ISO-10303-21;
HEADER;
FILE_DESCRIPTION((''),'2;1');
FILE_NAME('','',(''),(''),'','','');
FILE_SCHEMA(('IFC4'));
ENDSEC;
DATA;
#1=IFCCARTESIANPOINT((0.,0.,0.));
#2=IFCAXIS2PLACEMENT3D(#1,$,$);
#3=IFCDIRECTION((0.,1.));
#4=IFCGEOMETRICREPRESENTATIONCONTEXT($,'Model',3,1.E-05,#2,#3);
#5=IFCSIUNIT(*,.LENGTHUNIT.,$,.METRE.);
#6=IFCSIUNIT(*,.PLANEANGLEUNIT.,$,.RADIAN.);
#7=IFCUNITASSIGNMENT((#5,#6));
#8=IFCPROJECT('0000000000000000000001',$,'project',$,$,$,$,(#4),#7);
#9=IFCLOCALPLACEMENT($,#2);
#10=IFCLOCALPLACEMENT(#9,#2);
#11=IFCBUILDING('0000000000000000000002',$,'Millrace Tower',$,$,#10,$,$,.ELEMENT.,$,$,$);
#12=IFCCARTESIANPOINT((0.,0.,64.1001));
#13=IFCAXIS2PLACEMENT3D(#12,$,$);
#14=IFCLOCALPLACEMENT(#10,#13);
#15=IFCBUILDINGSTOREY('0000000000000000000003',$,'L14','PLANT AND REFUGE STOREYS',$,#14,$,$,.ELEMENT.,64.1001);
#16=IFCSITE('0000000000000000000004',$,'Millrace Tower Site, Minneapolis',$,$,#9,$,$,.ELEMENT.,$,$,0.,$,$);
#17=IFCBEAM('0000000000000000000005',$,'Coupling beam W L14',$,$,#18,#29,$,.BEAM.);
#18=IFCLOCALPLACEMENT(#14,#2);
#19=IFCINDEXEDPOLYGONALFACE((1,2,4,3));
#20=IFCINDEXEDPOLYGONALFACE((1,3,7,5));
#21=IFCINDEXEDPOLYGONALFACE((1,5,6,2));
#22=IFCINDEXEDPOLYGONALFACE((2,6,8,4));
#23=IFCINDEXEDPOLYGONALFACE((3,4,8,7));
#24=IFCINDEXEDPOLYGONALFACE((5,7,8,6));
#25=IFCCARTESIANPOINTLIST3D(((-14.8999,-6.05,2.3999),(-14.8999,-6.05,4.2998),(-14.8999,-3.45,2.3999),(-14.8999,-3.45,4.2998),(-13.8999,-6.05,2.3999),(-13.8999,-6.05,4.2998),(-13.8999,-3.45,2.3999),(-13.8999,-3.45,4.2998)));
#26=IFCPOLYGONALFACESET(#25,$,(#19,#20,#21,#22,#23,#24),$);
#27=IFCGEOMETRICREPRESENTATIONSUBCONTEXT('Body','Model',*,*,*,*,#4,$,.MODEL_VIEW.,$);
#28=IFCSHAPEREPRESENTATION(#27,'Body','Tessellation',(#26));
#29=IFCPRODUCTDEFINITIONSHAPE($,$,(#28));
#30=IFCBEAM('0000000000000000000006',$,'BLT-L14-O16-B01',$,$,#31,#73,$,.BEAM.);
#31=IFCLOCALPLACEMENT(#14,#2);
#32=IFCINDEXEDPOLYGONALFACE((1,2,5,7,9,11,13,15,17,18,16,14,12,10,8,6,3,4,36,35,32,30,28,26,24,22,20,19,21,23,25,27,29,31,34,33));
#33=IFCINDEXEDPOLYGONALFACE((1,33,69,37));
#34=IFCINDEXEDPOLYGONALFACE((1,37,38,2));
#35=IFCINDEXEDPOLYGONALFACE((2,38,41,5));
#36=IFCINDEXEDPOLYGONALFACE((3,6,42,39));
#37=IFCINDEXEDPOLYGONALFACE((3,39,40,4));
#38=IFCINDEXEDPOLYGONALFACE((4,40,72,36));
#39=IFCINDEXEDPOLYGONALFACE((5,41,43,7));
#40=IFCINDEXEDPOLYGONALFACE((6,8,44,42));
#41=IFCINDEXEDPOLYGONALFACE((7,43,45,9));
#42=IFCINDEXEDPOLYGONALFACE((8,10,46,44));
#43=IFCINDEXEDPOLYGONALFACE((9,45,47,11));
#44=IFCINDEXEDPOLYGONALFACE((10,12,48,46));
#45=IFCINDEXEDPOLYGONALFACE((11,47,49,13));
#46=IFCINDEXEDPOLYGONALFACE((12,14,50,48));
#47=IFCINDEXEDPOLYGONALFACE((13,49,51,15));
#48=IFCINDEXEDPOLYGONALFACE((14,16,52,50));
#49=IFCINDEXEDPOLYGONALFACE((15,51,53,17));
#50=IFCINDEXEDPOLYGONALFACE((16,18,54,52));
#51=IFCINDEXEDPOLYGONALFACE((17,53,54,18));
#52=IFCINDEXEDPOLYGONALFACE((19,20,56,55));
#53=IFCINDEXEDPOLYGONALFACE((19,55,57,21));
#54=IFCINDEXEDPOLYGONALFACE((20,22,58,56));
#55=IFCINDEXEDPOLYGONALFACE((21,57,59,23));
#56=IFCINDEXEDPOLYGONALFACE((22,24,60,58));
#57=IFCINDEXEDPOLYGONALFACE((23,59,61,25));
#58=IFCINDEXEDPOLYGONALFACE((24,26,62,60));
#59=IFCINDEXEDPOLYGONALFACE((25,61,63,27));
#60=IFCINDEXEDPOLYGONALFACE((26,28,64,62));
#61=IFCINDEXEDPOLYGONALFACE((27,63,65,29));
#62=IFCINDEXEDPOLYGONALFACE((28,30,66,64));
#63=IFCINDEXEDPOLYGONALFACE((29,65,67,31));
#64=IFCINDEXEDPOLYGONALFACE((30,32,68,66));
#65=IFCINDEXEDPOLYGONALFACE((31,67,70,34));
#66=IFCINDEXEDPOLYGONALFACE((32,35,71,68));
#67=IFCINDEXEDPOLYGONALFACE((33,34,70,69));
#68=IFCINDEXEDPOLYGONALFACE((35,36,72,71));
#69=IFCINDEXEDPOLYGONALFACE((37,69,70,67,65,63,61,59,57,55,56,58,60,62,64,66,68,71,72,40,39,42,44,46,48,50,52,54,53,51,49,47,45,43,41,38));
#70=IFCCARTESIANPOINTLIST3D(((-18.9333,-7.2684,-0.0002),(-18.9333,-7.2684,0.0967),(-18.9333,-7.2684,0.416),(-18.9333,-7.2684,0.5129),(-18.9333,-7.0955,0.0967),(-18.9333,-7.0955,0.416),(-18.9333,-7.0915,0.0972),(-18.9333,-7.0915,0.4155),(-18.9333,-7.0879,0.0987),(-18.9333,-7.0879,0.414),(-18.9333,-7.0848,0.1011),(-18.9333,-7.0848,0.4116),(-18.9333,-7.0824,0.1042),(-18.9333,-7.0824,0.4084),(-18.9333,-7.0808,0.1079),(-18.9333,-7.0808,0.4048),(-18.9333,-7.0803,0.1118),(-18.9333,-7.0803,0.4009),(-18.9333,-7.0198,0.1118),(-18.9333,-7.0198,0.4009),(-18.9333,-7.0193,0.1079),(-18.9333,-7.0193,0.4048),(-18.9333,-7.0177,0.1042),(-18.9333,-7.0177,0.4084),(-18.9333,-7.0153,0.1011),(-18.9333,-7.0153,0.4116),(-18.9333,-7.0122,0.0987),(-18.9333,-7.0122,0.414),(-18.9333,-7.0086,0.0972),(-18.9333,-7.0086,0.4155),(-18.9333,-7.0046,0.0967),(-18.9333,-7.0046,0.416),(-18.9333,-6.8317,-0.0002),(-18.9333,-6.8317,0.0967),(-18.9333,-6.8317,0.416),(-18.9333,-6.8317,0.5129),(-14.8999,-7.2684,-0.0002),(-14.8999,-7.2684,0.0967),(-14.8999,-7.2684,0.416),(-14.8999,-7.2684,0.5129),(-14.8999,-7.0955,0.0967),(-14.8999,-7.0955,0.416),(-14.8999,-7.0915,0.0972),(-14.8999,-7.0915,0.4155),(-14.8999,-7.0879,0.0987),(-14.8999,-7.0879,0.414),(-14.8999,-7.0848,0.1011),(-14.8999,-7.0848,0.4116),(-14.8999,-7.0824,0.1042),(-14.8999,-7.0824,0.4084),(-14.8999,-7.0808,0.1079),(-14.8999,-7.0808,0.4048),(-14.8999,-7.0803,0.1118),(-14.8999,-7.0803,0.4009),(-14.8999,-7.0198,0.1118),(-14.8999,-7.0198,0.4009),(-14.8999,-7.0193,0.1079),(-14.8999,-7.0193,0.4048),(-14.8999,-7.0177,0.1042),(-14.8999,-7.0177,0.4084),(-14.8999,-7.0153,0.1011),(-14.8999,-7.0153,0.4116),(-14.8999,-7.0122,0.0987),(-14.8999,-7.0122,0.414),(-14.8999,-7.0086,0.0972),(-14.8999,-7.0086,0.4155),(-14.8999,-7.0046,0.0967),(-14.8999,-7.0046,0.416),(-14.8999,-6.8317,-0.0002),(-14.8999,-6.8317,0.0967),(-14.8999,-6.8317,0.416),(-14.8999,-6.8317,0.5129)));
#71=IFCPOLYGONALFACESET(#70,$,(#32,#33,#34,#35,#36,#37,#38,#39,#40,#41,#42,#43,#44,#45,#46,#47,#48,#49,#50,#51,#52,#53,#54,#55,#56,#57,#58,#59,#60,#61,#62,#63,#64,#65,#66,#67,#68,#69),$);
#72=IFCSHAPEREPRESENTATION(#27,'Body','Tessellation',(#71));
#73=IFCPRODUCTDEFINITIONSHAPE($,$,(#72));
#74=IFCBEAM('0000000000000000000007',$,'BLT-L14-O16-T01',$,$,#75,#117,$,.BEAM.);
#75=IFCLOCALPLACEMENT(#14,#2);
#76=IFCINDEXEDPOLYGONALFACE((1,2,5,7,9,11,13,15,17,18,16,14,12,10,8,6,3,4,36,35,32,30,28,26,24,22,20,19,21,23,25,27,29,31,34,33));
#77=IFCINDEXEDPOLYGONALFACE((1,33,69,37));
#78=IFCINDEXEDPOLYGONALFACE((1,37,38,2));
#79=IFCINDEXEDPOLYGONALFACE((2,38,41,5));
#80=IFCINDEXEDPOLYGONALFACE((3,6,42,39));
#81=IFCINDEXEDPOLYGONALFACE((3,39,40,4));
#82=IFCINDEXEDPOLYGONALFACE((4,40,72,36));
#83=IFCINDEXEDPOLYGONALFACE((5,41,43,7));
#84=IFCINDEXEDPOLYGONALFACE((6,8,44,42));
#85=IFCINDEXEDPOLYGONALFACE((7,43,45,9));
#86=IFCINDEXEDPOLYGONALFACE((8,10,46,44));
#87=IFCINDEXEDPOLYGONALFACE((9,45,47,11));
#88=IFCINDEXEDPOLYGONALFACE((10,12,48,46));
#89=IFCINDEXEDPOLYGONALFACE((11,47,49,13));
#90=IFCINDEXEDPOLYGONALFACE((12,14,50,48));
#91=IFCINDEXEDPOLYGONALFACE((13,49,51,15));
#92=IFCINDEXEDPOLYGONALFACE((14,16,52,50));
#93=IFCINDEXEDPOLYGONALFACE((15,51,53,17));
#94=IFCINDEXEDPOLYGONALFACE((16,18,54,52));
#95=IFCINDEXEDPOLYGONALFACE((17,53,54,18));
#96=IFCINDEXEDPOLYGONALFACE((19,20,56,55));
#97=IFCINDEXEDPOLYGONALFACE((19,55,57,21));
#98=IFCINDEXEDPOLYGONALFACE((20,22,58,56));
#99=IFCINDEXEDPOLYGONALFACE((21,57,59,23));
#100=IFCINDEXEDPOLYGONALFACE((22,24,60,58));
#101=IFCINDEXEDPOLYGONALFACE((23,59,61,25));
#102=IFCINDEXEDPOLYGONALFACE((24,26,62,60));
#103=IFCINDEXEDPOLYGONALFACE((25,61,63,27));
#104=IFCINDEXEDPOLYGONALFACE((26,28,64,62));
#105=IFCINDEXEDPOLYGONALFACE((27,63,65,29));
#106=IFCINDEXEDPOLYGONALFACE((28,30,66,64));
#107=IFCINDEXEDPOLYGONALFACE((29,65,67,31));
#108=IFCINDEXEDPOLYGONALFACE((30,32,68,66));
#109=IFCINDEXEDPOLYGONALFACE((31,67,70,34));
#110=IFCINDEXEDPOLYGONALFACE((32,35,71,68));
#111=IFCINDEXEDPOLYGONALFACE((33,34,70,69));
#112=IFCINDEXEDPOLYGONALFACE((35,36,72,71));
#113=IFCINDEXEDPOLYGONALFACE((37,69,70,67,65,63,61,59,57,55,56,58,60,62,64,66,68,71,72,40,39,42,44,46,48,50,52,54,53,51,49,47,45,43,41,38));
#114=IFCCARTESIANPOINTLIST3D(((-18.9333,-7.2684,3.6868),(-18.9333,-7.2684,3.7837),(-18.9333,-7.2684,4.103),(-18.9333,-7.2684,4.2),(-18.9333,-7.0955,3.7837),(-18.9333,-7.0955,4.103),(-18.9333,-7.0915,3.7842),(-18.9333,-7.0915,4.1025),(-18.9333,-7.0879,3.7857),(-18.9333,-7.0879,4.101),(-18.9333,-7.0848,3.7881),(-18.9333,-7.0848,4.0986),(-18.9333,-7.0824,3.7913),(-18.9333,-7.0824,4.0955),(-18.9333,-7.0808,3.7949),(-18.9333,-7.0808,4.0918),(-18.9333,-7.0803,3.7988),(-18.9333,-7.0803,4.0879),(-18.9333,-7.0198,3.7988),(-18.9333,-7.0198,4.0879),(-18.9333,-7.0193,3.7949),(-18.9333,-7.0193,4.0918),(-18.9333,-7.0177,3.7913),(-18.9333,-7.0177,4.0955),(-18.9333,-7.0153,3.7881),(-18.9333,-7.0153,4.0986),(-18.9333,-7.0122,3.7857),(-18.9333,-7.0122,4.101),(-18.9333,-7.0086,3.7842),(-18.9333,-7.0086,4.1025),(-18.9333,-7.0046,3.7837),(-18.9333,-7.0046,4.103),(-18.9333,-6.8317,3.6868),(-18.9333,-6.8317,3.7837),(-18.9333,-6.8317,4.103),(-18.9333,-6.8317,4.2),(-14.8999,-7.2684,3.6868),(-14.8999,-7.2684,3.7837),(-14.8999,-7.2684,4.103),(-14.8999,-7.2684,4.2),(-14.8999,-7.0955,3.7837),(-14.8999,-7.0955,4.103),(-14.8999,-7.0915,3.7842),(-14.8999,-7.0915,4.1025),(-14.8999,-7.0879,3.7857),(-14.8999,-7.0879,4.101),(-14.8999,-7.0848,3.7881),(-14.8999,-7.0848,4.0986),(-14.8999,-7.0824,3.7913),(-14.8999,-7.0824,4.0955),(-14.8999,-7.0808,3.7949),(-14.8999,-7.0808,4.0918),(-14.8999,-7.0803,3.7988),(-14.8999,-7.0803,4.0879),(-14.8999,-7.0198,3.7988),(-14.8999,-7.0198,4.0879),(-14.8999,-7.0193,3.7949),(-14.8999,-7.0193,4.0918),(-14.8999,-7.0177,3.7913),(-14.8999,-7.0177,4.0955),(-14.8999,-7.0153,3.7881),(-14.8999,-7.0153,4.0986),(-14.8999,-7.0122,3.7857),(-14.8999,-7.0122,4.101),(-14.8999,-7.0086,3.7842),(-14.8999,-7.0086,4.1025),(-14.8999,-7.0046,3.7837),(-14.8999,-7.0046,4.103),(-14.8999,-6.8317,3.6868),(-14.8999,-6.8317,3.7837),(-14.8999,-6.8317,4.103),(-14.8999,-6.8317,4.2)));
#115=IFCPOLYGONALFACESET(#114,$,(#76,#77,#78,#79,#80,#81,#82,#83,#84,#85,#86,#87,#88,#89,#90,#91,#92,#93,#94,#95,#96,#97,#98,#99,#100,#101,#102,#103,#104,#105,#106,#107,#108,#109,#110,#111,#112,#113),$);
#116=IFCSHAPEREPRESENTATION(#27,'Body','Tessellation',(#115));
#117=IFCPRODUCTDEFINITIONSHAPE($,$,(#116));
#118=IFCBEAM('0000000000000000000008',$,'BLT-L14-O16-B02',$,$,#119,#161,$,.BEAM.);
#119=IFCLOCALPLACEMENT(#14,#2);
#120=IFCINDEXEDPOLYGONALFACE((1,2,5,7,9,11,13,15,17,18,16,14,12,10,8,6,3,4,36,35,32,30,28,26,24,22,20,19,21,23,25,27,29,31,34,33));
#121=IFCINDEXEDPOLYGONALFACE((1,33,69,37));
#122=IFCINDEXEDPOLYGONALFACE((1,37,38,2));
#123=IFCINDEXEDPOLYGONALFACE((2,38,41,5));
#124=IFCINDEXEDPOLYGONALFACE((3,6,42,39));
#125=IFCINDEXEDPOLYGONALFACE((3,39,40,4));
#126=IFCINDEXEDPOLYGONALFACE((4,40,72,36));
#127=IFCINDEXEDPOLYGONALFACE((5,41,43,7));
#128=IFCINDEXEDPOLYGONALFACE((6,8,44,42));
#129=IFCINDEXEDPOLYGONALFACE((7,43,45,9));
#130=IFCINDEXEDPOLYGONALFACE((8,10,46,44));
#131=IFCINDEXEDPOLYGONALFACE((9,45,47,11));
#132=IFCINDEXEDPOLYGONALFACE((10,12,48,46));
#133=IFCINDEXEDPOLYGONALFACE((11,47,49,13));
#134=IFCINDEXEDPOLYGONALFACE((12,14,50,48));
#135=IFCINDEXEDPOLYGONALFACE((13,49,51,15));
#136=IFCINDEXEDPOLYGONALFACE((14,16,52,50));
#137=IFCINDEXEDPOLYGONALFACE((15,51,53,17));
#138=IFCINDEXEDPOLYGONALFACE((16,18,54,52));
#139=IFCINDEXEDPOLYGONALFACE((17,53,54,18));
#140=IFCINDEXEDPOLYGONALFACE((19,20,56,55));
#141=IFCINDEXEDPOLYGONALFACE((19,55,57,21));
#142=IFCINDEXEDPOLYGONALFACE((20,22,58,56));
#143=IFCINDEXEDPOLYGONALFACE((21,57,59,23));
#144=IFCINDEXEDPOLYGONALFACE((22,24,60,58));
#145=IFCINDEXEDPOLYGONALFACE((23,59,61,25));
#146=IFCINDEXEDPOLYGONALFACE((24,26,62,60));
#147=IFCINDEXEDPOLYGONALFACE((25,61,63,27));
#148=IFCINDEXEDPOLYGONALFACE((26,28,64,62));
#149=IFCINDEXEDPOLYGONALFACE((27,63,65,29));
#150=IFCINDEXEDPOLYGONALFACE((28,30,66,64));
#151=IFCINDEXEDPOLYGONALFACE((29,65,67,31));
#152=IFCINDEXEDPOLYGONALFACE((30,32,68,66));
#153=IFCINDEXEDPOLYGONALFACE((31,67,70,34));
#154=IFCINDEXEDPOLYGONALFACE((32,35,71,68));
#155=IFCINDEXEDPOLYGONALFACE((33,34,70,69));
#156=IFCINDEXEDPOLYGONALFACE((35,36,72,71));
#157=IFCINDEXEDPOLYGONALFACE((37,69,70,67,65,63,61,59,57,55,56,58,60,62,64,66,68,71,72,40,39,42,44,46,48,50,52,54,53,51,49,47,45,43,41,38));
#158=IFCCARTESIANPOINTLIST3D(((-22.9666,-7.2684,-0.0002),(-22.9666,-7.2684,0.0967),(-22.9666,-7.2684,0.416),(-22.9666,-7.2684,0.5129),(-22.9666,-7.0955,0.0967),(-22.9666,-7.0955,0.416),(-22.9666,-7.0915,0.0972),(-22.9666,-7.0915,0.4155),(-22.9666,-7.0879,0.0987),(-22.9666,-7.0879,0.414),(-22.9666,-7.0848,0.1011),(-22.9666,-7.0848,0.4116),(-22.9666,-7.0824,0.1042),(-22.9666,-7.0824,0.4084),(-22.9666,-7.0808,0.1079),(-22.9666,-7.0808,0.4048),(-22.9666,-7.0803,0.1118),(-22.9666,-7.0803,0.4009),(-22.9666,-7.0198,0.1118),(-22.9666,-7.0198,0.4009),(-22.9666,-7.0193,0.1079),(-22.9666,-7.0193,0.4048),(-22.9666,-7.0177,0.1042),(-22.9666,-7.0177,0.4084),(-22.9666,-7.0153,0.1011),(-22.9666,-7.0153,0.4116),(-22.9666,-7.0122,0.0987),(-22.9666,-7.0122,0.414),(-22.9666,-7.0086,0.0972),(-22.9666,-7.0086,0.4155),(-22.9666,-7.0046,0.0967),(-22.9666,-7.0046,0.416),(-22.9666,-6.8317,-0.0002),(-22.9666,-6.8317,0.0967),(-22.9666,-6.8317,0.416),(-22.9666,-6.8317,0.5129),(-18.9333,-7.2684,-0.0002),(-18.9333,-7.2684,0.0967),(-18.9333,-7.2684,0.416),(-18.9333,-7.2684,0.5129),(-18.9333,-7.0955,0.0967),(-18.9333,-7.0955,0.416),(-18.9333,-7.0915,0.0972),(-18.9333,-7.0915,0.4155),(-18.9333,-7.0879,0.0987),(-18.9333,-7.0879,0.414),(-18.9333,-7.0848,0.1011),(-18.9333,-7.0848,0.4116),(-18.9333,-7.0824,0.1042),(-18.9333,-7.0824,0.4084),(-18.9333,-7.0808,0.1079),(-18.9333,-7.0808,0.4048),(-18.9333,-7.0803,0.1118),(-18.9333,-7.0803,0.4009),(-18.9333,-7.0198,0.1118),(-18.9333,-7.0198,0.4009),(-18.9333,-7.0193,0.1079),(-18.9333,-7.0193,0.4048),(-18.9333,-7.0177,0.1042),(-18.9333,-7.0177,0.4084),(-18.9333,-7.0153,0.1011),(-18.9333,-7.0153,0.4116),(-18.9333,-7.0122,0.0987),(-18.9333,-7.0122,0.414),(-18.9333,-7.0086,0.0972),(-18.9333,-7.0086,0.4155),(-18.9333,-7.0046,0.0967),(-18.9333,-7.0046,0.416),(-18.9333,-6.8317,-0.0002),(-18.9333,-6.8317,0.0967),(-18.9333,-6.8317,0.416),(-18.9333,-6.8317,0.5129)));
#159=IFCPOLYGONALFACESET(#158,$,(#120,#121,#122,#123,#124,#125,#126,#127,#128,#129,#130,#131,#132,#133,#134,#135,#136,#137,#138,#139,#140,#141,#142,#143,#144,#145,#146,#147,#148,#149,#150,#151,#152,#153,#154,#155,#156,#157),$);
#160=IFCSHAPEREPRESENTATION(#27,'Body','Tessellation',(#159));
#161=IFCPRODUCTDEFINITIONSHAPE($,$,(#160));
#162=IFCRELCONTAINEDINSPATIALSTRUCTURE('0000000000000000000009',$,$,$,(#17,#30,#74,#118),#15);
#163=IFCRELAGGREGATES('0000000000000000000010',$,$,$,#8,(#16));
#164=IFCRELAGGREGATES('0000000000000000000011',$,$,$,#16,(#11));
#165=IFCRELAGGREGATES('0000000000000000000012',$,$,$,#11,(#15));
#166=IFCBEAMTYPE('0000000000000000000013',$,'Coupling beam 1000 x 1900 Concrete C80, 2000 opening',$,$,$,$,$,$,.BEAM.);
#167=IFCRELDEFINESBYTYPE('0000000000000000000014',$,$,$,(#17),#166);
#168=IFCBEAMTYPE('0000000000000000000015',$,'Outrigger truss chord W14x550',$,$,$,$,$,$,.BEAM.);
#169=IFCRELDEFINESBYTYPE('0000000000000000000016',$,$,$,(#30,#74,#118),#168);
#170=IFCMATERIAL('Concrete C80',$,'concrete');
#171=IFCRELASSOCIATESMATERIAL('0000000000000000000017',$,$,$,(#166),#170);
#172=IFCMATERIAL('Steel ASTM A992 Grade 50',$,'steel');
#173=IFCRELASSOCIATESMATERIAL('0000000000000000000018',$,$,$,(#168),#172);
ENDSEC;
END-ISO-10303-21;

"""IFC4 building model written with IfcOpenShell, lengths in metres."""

from ifc_helpers import new_model, si_unit, direction, frame, origin, origin_2d, place, context, subcontext, project, spatial, rectangle, i_section, extrude, material, material_profile, profile_set, type_object, element, save


model = new_model("IFC4")

# Units and contexts
model_context = context("Model", 3, precision=1e-05, world=origin(), true_north=direction((0.0, 1.0)))
body_context = subcontext(model_context, "Body", "Model", "MODEL_VIEW")
ifc_project = project(units=[si_unit("LENGTHUNIT", "METRE"), si_unit("PLANEANGLEUNIT", "RADIAN")], contexts=[model_context])

# Site, building, storey
site_placement = place(None, origin())
site = spatial("IfcSite", under=ifc_project, at=site_placement, Name="Millrace Tower Site, Minneapolis", CompositionType="ELEMENT", RefElevation=0.0)
building_placement = place(site_placement, origin())
building = spatial("IfcBuilding", under=site, at=building_placement, Name="Millrace Tower", CompositionType="ELEMENT")
storey_placement = place(building_placement, frame((0.0, 0.0, 64.1001)))
storey = spatial("IfcBuildingStorey", under=building, at=storey_placement, Name="L14", Description="PLANT AND REFUGE STOREYS", CompositionType="ELEMENT", Elevation=64.1001)

# Beams
ifc_material_1 = material(Name="Concrete C80", Category="concrete")
ifc_material_profile_1 = material_profile(ifc_material_1, rectangle(XDim=1.0, YDim=1.8999, at=origin_2d()))
ifc_profile_set_1 = profile_set([ifc_material_profile_1], Name="Concrete C80")
beam_type_1 = type_object("IfcBeamType", Name="Coupling beam 1000 x 1900 Concrete C80, 2000 opening", PredefinedType="BEAM", material=ifc_profile_set_1)
beam_1_placement = place(storey_placement, frame((-14.3999, -6.05, 3.3499), z_axis=(0.0, 1.0, 0.0), x_axis=(-1.0, 0.0, 0.0)))
element("IfcBeam", 1, at=beam_1_placement, inside=storey, type_object=beam_type_1, Name="Coupling beam W L14", PredefinedType="BEAM", context=body_context, shape_type="SweptSolid", body=[
    extrude(rectangle(XDim=1.0, YDim=1.8999, at=origin_2d()), origin(), (0.0, 0.0, 1.0), 2.6001),
])
ifc_material_2 = material(Name="Steel ASTM A992 Grade 50", Category="steel")
ifc_material_profile_2 = material_profile(ifc_material_2, i_section(OverallWidth=0.4368, OverallDepth=0.5132, WebThickness=0.0605, FlangeThickness=0.0969, FilletRadius=0.0151, at=origin_2d()))
ifc_profile_set_2 = profile_set([ifc_material_profile_2], Name="Steel ASTM A992 Grade 50")
beam_type_2 = type_object("IfcBeamType", Name="Outrigger truss chord W14x550", PredefinedType="BEAM", material=ifc_profile_set_2)
for number, where, z_axis, x_axis, name in (
    (2, (-14.8999, -7.05, 0.2563), (-1.0, 0.0, 0.0), (0.0, -1.0, 0.0), "BLT-L14-O16-B01"),
    (3, (-14.8999, -7.05, 3.9434), (-1.0, 0.0, 0.0), (0.0, -1.0, 0.0), "BLT-L14-O16-T01"),
):
    element("IfcBeam", number, at=place(storey_placement, frame(where, z_axis=z_axis, x_axis=x_axis)), inside=storey, type_object=beam_type_2, Name=name, PredefinedType="BEAM", context=body_context, shape_type="SweptSolid", body=[
        extrude(i_section(OverallWidth=0.4368, OverallDepth=0.5132, WebThickness=0.0605, FlangeThickness=0.0969, FilletRadius=0.0151, at=origin_2d()), origin(), (0.0, 0.0, 1.0), 4.0334),
    ])
beam_2_placement = place(storey_placement, frame((-18.9333, -7.05, 0.2563), z_axis=(-1.0, 0.0, 0.0), x_axis=(0.0, -1.0, 0.0)))
element("IfcBeam", 4, at=beam_2_placement, inside=storey, type_object=beam_type_2, Name="BLT-L14-O16-B02", PredefinedType="BEAM", context=body_context, shape_type="SweptSolid", body=[
    extrude(i_section(OverallWidth=0.4368, OverallDepth=0.5132, WebThickness=0.0605, FlangeThickness=0.0969, FilletRadius=0.0151, at=origin_2d()), origin(), (0.0, 0.0, 1.0), 4.0332),
])

save(model, "model.ifc")
